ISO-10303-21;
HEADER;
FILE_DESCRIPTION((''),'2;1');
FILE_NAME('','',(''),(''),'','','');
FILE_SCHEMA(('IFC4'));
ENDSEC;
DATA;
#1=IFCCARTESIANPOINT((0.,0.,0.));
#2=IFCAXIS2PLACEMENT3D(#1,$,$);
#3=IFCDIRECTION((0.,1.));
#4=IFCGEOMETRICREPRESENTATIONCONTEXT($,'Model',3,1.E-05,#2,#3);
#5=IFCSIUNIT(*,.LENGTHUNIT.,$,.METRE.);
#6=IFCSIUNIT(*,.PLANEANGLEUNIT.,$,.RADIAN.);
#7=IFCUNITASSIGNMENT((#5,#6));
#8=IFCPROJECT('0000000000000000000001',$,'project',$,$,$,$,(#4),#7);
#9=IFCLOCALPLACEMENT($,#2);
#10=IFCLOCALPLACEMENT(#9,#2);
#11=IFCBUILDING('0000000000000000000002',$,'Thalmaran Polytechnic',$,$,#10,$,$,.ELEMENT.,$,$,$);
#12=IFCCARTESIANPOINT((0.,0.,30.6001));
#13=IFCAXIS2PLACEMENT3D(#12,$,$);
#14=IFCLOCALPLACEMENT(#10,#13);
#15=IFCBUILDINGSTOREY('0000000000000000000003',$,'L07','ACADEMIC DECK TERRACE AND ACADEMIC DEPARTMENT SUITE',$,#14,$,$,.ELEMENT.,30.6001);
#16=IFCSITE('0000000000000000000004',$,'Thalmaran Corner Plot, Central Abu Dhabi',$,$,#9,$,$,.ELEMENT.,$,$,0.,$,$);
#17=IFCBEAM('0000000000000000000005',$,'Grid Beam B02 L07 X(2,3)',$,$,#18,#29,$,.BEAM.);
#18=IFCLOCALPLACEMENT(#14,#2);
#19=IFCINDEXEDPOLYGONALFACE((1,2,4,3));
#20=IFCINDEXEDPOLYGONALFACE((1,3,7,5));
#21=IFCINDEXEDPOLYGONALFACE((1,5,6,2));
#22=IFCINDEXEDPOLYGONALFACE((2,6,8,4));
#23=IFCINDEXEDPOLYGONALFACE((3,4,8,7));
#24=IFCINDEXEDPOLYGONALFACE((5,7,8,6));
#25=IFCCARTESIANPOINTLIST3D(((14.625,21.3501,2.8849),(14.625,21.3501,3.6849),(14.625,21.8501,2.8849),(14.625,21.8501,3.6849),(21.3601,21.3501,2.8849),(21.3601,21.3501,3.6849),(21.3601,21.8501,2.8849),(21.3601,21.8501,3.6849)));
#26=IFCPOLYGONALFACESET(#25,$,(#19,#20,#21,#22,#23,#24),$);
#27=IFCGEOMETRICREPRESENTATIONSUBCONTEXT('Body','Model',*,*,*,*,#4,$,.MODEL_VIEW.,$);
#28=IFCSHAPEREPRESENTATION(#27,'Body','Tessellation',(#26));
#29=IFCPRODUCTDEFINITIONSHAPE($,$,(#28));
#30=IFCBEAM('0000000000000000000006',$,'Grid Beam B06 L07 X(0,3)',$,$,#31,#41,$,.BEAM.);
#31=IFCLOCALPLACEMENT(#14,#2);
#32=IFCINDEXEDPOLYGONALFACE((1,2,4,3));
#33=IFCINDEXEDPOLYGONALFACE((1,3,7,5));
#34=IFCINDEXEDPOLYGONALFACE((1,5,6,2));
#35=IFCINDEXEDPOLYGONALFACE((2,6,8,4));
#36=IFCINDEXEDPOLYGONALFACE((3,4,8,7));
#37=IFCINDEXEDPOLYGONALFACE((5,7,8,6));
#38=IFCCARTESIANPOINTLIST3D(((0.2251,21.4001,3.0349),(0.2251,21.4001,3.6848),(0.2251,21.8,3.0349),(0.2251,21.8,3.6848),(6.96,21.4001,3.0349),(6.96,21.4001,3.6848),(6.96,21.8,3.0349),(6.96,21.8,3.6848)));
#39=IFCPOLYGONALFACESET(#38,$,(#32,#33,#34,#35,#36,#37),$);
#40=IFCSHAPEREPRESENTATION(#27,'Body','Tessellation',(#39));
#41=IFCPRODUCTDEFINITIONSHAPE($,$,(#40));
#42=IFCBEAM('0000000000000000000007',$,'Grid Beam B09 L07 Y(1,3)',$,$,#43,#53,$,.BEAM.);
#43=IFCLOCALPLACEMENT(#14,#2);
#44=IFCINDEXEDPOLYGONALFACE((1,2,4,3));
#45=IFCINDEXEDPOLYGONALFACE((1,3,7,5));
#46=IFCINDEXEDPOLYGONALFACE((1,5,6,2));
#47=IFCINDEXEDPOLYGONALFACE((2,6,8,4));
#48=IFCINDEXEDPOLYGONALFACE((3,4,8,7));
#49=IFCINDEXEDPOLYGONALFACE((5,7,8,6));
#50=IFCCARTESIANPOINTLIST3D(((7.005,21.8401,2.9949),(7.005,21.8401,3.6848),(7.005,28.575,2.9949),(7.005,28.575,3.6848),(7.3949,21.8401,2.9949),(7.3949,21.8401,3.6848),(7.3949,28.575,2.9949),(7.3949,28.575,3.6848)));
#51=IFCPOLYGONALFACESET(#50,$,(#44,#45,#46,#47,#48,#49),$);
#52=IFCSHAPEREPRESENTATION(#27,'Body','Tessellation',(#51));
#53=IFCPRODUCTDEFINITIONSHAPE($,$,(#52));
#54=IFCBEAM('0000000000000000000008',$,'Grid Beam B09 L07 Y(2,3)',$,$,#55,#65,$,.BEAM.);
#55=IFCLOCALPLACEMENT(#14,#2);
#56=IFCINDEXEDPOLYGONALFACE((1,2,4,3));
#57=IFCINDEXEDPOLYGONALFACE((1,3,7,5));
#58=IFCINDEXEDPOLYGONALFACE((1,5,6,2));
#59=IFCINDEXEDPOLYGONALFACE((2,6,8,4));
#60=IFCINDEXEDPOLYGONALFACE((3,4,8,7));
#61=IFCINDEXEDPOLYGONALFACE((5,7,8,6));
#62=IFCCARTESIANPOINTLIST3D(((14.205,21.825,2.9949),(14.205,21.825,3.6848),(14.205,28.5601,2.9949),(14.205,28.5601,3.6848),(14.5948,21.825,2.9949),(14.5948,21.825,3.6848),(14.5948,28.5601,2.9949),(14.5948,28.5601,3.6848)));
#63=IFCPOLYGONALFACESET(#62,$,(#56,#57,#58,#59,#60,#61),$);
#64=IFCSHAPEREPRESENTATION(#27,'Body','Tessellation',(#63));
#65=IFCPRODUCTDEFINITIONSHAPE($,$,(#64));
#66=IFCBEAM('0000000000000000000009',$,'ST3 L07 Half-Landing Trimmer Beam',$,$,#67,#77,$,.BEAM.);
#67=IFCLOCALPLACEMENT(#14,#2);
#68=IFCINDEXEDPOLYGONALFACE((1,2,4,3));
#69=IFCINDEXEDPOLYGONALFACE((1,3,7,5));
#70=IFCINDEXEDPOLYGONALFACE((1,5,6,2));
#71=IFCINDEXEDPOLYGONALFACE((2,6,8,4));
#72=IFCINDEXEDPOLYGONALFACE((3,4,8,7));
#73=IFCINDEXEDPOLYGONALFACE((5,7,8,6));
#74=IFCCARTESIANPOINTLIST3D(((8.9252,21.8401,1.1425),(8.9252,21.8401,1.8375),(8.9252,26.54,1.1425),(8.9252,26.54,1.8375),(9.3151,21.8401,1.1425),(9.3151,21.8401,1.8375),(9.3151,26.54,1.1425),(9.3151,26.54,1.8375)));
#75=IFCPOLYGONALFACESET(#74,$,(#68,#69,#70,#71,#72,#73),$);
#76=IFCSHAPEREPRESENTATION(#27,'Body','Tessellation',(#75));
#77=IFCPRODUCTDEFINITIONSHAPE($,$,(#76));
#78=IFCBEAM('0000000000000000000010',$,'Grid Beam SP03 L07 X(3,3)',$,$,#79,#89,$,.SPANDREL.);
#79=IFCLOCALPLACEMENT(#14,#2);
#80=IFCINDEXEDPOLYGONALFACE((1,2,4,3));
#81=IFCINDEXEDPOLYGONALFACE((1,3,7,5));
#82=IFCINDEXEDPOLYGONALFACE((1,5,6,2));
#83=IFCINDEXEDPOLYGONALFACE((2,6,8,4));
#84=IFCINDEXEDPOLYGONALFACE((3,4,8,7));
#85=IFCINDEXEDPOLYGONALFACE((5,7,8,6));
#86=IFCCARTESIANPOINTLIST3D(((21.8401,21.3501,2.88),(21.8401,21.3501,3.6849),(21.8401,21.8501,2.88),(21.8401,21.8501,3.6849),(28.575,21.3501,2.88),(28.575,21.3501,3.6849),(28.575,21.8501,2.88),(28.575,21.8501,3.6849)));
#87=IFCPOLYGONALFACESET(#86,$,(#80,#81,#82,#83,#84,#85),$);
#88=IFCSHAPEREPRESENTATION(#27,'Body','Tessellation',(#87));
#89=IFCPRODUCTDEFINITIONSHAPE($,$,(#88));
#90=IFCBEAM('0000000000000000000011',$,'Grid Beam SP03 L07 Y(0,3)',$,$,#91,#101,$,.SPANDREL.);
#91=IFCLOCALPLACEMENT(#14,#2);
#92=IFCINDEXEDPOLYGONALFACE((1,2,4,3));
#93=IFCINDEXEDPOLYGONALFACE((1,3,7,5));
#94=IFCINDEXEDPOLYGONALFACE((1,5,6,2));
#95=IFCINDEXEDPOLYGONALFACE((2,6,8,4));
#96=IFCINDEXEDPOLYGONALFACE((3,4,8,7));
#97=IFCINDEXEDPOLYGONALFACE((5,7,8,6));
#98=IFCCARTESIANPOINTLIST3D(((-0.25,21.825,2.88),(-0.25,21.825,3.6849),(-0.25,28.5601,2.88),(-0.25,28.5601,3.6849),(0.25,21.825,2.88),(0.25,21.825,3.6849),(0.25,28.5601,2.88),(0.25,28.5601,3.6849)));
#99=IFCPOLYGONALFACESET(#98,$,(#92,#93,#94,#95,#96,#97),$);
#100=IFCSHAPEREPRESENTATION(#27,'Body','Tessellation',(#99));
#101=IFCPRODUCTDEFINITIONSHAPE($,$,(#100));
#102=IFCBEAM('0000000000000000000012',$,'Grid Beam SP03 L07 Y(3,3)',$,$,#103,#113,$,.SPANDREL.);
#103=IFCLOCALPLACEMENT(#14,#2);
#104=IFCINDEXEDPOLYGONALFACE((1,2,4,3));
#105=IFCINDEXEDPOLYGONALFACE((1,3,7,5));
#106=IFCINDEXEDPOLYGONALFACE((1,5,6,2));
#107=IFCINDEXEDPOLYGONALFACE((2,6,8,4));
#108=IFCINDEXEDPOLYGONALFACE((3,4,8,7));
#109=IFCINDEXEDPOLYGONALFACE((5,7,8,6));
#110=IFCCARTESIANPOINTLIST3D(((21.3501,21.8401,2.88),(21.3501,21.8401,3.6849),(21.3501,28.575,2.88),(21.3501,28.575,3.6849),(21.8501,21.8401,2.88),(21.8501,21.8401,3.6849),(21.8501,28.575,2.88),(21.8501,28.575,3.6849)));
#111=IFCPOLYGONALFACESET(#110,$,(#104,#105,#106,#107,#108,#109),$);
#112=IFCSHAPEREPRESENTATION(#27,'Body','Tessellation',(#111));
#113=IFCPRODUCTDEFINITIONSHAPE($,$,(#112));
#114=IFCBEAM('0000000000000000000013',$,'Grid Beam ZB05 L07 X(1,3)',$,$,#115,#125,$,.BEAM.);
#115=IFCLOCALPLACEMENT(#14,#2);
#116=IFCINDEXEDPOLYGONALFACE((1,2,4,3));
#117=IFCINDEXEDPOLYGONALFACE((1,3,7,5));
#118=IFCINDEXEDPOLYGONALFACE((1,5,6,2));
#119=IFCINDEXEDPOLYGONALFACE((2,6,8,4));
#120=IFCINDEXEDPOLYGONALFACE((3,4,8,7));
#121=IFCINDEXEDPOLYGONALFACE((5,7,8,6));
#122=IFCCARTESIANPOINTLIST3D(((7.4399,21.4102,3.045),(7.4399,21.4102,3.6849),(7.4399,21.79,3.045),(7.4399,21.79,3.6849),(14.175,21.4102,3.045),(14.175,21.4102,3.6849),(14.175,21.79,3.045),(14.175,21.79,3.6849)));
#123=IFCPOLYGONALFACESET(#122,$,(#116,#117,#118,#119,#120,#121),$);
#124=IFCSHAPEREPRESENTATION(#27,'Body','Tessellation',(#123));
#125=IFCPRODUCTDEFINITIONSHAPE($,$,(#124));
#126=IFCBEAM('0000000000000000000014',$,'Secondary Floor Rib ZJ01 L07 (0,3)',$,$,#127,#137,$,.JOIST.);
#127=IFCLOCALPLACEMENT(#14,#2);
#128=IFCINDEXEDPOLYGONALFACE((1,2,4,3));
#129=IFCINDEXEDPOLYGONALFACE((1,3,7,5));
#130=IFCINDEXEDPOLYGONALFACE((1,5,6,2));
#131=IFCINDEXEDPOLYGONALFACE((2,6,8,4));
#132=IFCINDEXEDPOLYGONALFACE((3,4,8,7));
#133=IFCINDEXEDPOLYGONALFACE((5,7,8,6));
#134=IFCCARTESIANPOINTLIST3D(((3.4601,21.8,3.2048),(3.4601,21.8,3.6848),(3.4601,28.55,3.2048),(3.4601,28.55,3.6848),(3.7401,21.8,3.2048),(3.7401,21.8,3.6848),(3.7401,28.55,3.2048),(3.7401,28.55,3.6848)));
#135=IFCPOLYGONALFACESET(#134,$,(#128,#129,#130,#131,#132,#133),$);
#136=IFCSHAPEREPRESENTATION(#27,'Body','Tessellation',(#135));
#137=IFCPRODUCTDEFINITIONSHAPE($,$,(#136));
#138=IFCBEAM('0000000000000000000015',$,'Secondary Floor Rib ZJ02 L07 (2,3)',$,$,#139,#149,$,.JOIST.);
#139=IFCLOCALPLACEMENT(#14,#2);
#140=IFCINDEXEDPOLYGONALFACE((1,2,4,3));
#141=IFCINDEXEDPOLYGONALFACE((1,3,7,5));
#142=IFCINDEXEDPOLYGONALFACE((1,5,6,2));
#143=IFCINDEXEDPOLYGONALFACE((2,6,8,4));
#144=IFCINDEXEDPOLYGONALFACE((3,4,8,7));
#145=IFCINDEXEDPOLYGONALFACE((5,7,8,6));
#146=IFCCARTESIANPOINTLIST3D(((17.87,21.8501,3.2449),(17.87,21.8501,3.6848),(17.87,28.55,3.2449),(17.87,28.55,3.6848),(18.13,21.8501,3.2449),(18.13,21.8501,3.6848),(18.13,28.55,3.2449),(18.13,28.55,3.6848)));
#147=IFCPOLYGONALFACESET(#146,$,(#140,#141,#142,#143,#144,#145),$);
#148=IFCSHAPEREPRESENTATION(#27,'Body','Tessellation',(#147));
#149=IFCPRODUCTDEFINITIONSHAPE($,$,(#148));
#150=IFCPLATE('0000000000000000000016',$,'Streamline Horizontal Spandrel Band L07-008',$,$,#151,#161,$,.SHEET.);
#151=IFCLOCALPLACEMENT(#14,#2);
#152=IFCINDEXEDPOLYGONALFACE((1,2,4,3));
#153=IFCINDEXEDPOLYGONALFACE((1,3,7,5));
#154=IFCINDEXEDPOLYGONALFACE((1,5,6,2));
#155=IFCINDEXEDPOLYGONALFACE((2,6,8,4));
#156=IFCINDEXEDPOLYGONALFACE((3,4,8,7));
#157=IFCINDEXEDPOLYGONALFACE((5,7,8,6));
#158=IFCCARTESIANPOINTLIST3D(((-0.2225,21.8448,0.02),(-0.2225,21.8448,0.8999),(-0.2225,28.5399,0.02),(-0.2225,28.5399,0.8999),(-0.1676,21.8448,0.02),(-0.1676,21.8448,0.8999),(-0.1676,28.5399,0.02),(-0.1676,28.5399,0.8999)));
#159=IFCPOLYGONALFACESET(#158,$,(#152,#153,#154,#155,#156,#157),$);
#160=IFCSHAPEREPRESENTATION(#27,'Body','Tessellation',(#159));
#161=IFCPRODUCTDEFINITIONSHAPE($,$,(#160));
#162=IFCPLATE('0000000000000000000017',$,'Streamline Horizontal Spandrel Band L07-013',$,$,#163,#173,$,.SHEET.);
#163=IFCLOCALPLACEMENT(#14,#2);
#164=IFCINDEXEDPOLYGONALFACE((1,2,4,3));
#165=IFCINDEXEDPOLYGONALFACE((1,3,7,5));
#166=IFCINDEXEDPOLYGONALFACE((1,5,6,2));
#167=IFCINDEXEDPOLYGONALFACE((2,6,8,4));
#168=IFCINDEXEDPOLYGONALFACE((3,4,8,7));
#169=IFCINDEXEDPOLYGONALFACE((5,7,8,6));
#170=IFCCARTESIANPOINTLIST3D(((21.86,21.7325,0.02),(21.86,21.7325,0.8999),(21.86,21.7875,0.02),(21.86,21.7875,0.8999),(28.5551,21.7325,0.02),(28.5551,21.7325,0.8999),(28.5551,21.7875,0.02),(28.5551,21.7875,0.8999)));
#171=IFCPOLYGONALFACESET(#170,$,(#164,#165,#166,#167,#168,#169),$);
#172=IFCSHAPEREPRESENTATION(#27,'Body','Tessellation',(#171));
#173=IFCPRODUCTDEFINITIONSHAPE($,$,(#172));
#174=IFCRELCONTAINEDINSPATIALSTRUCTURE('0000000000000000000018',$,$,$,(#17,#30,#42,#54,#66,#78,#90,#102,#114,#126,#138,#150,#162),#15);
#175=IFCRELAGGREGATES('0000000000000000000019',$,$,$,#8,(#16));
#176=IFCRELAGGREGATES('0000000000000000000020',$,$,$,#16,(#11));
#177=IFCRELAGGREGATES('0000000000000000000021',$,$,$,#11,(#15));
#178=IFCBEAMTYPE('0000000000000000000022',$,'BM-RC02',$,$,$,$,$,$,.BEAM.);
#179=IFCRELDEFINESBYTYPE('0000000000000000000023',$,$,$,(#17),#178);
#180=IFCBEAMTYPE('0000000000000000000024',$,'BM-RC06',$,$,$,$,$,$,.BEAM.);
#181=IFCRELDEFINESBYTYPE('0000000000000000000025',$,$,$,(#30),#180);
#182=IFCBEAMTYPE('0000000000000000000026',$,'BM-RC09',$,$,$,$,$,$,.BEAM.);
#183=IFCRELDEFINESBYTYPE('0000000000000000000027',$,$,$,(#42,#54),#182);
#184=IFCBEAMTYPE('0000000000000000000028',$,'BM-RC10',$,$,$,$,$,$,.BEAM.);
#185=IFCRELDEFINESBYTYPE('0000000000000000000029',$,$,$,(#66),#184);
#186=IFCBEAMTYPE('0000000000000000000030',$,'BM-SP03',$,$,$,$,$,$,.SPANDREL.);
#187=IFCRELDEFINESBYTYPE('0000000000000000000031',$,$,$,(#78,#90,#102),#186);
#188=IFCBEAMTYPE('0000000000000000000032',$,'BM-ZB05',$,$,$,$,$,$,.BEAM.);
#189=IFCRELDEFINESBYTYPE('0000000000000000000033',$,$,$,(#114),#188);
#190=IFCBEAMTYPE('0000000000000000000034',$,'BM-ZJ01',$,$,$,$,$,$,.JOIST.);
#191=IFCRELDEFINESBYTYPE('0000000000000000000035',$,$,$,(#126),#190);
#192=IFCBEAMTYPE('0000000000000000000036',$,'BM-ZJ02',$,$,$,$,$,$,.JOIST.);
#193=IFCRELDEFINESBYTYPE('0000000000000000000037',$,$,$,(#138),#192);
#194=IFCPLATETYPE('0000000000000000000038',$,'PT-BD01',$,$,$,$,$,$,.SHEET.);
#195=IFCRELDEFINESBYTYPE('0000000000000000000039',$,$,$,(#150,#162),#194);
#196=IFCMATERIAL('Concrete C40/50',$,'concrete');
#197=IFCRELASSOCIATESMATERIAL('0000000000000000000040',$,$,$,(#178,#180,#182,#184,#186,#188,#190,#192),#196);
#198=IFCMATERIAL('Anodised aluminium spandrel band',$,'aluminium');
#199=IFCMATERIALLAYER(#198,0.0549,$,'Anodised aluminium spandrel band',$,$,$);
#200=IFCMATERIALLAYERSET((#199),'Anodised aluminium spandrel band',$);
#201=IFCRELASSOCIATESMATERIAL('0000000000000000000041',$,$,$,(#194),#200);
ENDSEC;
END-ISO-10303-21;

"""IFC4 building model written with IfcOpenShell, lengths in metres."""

from ifc_helpers import new_model, si_unit, direction, frame, origin, origin_2d, place, context, subcontext, project, spatial, rectangle, extrude, material, layer, layer_set, material_profile, profile_set, type_object, element, save


model = new_model("IFC4")

# Units and contexts
model_context = context("Model", 3, precision=1e-05, world=origin(), true_north=direction((0.0, 1.0)))
body_context = subcontext(model_context, "Body", "Model", "MODEL_VIEW")
ifc_project = project(units=[si_unit("LENGTHUNIT", "METRE"), si_unit("PLANEANGLEUNIT", "RADIAN")], contexts=[model_context])

# Site, building, storey
site_placement = place(None, origin())
site = spatial("IfcSite", under=ifc_project, at=site_placement, Name="Thalmaran Corner Plot, Central Abu Dhabi", CompositionType="ELEMENT", RefElevation=0.0)
building_placement = place(site_placement, origin())
building = spatial("IfcBuilding", under=site, at=building_placement, Name="Thalmaran Polytechnic", CompositionType="ELEMENT")
storey_placement = place(building_placement, frame((0.0, 0.0, 30.6001)))
storey = spatial("IfcBuildingStorey", under=building, at=storey_placement, Name="L07", Description="ACADEMIC DECK TERRACE AND ACADEMIC DEPARTMENT SUITE", CompositionType="ELEMENT", Elevation=30.6001)

# Beams
ifc_material_1 = material(Name="Concrete C40/50", Category="concrete")
ifc_material_profile_1 = material_profile(ifc_material_1, rectangle(XDim=0.5, YDim=0.8, at=origin_2d()), Name="RC 500x800")
ifc_profile_set_1 = profile_set([ifc_material_profile_1], Name="Concrete C40/50")
beam_type_1 = type_object("IfcBeamType", Name="BM-RC02", PredefinedType="BEAM", material=ifc_profile_set_1)
beam_1_placement = place(storey_placement, frame((14.625, 21.6001, 3.2849), z_axis=(1.0, 0.0, 0.0), x_axis=(0.0, 1.0, 0.0)))
element("IfcBeam", 1, at=beam_1_placement, inside=storey, type_object=beam_type_1, Name="Grid Beam B02 L07 X(2,3)", PredefinedType="BEAM", context=body_context, shape_type="SweptSolid", body=[
    extrude(rectangle(XDim=0.5, YDim=0.8, at=origin_2d()), origin(), (0.0, 0.0, 1.0), 6.7351),
])
ifc_material_profile_2 = material_profile(ifc_material_1, rectangle(XDim=0.3999, YDim=0.6499, at=origin_2d()), Name="RC 400x650")
ifc_profile_set_2 = profile_set([ifc_material_profile_2], Name="Concrete C40/50")
beam_type_2 = type_object("IfcBeamType", Name="BM-RC06", PredefinedType="BEAM", material=ifc_profile_set_2)
beam_2_placement = place(storey_placement, frame((0.2251, 21.6001, 3.3599), z_axis=(1.0, 0.0, 0.0), x_axis=(0.0, 1.0, 0.0)))
element("IfcBeam", 2, at=beam_2_placement, inside=storey, type_object=beam_type_2, Name="Grid Beam B06 L07 X(0,3)", PredefinedType="BEAM", context=body_context, shape_type="SweptSolid", body=[
    extrude(rectangle(XDim=0.3999, YDim=0.6499, at=origin_2d()), origin(), (0.0, 0.0, 1.0), 6.7349),
])
ifc_material_profile_3 = material_profile(ifc_material_1, rectangle(XDim=0.3899, YDim=0.6899, at=origin_2d()), Name="RC 390x690")
ifc_profile_set_3 = profile_set([ifc_material_profile_3], Name="Concrete C40/50")
beam_type_3 = type_object("IfcBeamType", Name="BM-RC09", PredefinedType="BEAM", material=ifc_profile_set_3)
beam_3_placement = place(storey_placement, frame((7.2, 21.8401, 3.3398), z_axis=(0.0, 1.0, 0.0), x_axis=(-1.0, 0.0, 0.0)))
element("IfcBeam", 3, at=beam_3_placement, inside=storey, type_object=beam_type_3, Name="Grid Beam B09 L07 Y(1,3)", PredefinedType="BEAM", context=body_context, shape_type="SweptSolid", body=[
    extrude(rectangle(XDim=0.3899, YDim=0.6899, at=origin_2d()), origin(), (0.0, 0.0, 1.0), 6.7349),
])
beam_4_placement = place(storey_placement, frame((14.3999, 21.825, 3.3398), z_axis=(0.0, 1.0, 0.0), x_axis=(-1.0, 0.0, 0.0)))
element("IfcBeam", 4, at=beam_4_placement, inside=storey, type_object=beam_type_3, Name="Grid Beam B09 L07 Y(2,3)", PredefinedType="BEAM", context=body_context, shape_type="SweptSolid", body=[
    extrude(rectangle(XDim=0.3899, YDim=0.6899, at=origin_2d()), origin(), (0.0, 0.0, 1.0), 6.7351),
])
ifc_material_profile_4 = material_profile(ifc_material_1, rectangle(XDim=0.3899, YDim=0.6951, at=origin_2d()), Name="RC 390x695")
ifc_profile_set_4 = profile_set([ifc_material_profile_4], Name="Concrete C40/50")
beam_type_4 = type_object("IfcBeamType", Name="BM-RC10", PredefinedType="BEAM", material=ifc_profile_set_4)
beam_5_placement = place(storey_placement, frame((9.1201, 21.8401, 1.49), z_axis=(0.0, 1.0, 0.0), x_axis=(-1.0, 0.0, 0.0)))
element("IfcBeam", 5, at=beam_5_placement, inside=storey, type_object=beam_type_4, Name="ST3 L07 Half-Landing Trimmer Beam", PredefinedType="BEAM", context=body_context, shape_type="SweptSolid", body=[
    extrude(rectangle(XDim=0.3899, YDim=0.6951, at=origin_2d()), origin(), (0.0, 0.0, 1.0), 4.7),
])
ifc_material_profile_5 = material_profile(ifc_material_1, rectangle(XDim=0.5, YDim=0.8049, at=origin_2d()), Name="RC 500x805")
ifc_profile_set_5 = profile_set([ifc_material_profile_5], Name="Concrete C40/50")
beam_type_5 = type_object("IfcBeamType", Name="BM-SP03", PredefinedType="SPANDREL", material=ifc_profile_set_5)
beam_6_placement = place(storey_placement, frame((21.8401, 21.6001, 3.2825), z_axis=(1.0, 0.0, 0.0), x_axis=(0.0, 1.0, 0.0)))
element("IfcBeam", 6, at=beam_6_placement, inside=storey, type_object=beam_type_5, Name="Grid Beam SP03 L07 X(3,3)", PredefinedType="SPANDREL", context=body_context, shape_type="SweptSolid", body=[
    extrude(rectangle(XDim=0.5, YDim=0.8049, at=origin_2d()), origin(), (0.0, 0.0, 1.0), 6.7349),
])
beam_7_placement = place(storey_placement, frame((0.0, 21.825, 3.2825), z_axis=(0.0, 1.0, 0.0), x_axis=(-1.0, 0.0, 0.0)))
element("IfcBeam", 7, at=beam_7_placement, inside=storey, type_object=beam_type_5, Name="Grid Beam SP03 L07 Y(0,3)", PredefinedType="SPANDREL", context=body_context, shape_type="SweptSolid", body=[
    extrude(rectangle(XDim=0.5, YDim=0.8049, at=origin_2d()), origin(), (0.0, 0.0, 1.0), 6.7351),
])
beam_8_placement = place(storey_placement, frame((21.6001, 21.8401, 3.2825), z_axis=(0.0, 1.0, 0.0), x_axis=(-1.0, 0.0, 0.0)))
element("IfcBeam", 8, at=beam_8_placement, inside=storey, type_object=beam_type_5, Name="Grid Beam SP03 L07 Y(3,3)", PredefinedType="SPANDREL", context=body_context, shape_type="SweptSolid", body=[
    extrude(rectangle(XDim=0.5, YDim=0.8049, at=origin_2d()), origin(), (0.0, 0.0, 1.0), 6.7349),
])
ifc_material_profile_6 = material_profile(ifc_material_1, rectangle(XDim=0.3799, YDim=0.6399, at=origin_2d()), Name="RC 380x640")
ifc_profile_set_6 = profile_set([ifc_material_profile_6], Name="Concrete C40/50")
beam_type_6 = type_object("IfcBeamType", Name="BM-ZB05", PredefinedType="BEAM", material=ifc_profile_set_6)
beam_9_placement = place(storey_placement, frame((7.4399, 21.6001, 3.365), z_axis=(1.0, 0.0, 0.0), x_axis=(0.0, 1.0, 0.0)))
element("IfcBeam", 9, at=beam_9_placement, inside=storey, type_object=beam_type_6, Name="Grid Beam ZB05 L07 X(1,3)", PredefinedType="BEAM", context=body_context, shape_type="SweptSolid", body=[
    extrude(rectangle(XDim=0.3799, YDim=0.6399, at=origin_2d()), origin(), (0.0, 0.0, 1.0), 6.7351),
])
ifc_material_profile_7 = material_profile(ifc_material_1, rectangle(XDim=0.28, YDim=0.48, at=origin_2d()), Name="RC 280x480")
ifc_profile_set_7 = profile_set([ifc_material_profile_7], Name="Concrete C40/50")
beam_type_7 = type_object("IfcBeamType", Name="BM-ZJ01", PredefinedType="JOIST", material=ifc_profile_set_7)
beam_10_placement = place(storey_placement, frame((3.6001, 21.8, 3.4448), z_axis=(0.0, 1.0, 0.0), x_axis=(-1.0, 0.0, 0.0)))
element("IfcBeam", 10, at=beam_10_placement, inside=storey, type_object=beam_type_7, Name="Secondary Floor Rib ZJ01 L07 (0,3)", PredefinedType="JOIST", context=body_context, shape_type="SweptSolid", body=[
    extrude(rectangle(XDim=0.28, YDim=0.48, at=origin_2d()), origin(), (0.0, 0.0, 1.0), 6.75),
])
ifc_material_profile_8 = material_profile(ifc_material_1, rectangle(XDim=0.26, YDim=0.4399, at=origin_2d()), Name="RC 260x440")
ifc_profile_set_8 = profile_set([ifc_material_profile_8], Name="Concrete C40/50")
beam_type_8 = type_object("IfcBeamType", Name="BM-ZJ02", PredefinedType="JOIST", material=ifc_profile_set_8)
beam_11_placement = place(storey_placement, frame((18.0, 21.8501, 3.4648), z_axis=(0.0, 1.0, 0.0), x_axis=(-1.0, 0.0, 0.0)))
element("IfcBeam", 11, at=beam_11_placement, inside=storey, type_object=beam_type_8, Name="Secondary Floor Rib ZJ02 L07 (2,3)", PredefinedType="JOIST", context=body_context, shape_type="SweptSolid", body=[
    extrude(rectangle(XDim=0.26, YDim=0.4399, at=origin_2d()), origin(), (0.0, 0.0, 1.0), 6.7),
])

# Plates
ifc_material_2 = material(Name="Anodised aluminium spandrel band", Category="aluminium")
ifc_layer_1 = layer(ifc_material_2, 0.0549, Name="Anodised aluminium spandrel band")
ifc_layer_set_1 = layer_set([ifc_layer_1], Name="Anodised aluminium spandrel band")
plate_type_1 = type_object("IfcPlateType", Name="PT-BD01", PredefinedType="SHEET", material=ifc_layer_set_1)
for number, where, z_axis, x_axis, name in (
    (12, (-0.1951, 25.1924, 0.02), (0.0, 0.0, 1.0), (0.0, 1.0, 0.0), "Streamline Horizontal Spandrel Band L07-008"),
    (13, (25.2075, 21.76, 0.02), (0.0, 0.0, 1.0), (1.0, 0.0, 0.0), "Streamline Horizontal Spandrel Band L07-013"),
):
    element("IfcPlate", number, at=place(storey_placement, frame(where, z_axis=z_axis, x_axis=x_axis)), inside=storey, type_object=plate_type_1, Name=name, PredefinedType="SHEET", context=body_context, shape_type="SweptSolid", body=[
        extrude(rectangle(XDim=6.6951, YDim=0.0549, at=origin_2d()), origin(), (0.0, 0.0, 1.0), 0.8799),
    ])

save(model, "model.ifc")
